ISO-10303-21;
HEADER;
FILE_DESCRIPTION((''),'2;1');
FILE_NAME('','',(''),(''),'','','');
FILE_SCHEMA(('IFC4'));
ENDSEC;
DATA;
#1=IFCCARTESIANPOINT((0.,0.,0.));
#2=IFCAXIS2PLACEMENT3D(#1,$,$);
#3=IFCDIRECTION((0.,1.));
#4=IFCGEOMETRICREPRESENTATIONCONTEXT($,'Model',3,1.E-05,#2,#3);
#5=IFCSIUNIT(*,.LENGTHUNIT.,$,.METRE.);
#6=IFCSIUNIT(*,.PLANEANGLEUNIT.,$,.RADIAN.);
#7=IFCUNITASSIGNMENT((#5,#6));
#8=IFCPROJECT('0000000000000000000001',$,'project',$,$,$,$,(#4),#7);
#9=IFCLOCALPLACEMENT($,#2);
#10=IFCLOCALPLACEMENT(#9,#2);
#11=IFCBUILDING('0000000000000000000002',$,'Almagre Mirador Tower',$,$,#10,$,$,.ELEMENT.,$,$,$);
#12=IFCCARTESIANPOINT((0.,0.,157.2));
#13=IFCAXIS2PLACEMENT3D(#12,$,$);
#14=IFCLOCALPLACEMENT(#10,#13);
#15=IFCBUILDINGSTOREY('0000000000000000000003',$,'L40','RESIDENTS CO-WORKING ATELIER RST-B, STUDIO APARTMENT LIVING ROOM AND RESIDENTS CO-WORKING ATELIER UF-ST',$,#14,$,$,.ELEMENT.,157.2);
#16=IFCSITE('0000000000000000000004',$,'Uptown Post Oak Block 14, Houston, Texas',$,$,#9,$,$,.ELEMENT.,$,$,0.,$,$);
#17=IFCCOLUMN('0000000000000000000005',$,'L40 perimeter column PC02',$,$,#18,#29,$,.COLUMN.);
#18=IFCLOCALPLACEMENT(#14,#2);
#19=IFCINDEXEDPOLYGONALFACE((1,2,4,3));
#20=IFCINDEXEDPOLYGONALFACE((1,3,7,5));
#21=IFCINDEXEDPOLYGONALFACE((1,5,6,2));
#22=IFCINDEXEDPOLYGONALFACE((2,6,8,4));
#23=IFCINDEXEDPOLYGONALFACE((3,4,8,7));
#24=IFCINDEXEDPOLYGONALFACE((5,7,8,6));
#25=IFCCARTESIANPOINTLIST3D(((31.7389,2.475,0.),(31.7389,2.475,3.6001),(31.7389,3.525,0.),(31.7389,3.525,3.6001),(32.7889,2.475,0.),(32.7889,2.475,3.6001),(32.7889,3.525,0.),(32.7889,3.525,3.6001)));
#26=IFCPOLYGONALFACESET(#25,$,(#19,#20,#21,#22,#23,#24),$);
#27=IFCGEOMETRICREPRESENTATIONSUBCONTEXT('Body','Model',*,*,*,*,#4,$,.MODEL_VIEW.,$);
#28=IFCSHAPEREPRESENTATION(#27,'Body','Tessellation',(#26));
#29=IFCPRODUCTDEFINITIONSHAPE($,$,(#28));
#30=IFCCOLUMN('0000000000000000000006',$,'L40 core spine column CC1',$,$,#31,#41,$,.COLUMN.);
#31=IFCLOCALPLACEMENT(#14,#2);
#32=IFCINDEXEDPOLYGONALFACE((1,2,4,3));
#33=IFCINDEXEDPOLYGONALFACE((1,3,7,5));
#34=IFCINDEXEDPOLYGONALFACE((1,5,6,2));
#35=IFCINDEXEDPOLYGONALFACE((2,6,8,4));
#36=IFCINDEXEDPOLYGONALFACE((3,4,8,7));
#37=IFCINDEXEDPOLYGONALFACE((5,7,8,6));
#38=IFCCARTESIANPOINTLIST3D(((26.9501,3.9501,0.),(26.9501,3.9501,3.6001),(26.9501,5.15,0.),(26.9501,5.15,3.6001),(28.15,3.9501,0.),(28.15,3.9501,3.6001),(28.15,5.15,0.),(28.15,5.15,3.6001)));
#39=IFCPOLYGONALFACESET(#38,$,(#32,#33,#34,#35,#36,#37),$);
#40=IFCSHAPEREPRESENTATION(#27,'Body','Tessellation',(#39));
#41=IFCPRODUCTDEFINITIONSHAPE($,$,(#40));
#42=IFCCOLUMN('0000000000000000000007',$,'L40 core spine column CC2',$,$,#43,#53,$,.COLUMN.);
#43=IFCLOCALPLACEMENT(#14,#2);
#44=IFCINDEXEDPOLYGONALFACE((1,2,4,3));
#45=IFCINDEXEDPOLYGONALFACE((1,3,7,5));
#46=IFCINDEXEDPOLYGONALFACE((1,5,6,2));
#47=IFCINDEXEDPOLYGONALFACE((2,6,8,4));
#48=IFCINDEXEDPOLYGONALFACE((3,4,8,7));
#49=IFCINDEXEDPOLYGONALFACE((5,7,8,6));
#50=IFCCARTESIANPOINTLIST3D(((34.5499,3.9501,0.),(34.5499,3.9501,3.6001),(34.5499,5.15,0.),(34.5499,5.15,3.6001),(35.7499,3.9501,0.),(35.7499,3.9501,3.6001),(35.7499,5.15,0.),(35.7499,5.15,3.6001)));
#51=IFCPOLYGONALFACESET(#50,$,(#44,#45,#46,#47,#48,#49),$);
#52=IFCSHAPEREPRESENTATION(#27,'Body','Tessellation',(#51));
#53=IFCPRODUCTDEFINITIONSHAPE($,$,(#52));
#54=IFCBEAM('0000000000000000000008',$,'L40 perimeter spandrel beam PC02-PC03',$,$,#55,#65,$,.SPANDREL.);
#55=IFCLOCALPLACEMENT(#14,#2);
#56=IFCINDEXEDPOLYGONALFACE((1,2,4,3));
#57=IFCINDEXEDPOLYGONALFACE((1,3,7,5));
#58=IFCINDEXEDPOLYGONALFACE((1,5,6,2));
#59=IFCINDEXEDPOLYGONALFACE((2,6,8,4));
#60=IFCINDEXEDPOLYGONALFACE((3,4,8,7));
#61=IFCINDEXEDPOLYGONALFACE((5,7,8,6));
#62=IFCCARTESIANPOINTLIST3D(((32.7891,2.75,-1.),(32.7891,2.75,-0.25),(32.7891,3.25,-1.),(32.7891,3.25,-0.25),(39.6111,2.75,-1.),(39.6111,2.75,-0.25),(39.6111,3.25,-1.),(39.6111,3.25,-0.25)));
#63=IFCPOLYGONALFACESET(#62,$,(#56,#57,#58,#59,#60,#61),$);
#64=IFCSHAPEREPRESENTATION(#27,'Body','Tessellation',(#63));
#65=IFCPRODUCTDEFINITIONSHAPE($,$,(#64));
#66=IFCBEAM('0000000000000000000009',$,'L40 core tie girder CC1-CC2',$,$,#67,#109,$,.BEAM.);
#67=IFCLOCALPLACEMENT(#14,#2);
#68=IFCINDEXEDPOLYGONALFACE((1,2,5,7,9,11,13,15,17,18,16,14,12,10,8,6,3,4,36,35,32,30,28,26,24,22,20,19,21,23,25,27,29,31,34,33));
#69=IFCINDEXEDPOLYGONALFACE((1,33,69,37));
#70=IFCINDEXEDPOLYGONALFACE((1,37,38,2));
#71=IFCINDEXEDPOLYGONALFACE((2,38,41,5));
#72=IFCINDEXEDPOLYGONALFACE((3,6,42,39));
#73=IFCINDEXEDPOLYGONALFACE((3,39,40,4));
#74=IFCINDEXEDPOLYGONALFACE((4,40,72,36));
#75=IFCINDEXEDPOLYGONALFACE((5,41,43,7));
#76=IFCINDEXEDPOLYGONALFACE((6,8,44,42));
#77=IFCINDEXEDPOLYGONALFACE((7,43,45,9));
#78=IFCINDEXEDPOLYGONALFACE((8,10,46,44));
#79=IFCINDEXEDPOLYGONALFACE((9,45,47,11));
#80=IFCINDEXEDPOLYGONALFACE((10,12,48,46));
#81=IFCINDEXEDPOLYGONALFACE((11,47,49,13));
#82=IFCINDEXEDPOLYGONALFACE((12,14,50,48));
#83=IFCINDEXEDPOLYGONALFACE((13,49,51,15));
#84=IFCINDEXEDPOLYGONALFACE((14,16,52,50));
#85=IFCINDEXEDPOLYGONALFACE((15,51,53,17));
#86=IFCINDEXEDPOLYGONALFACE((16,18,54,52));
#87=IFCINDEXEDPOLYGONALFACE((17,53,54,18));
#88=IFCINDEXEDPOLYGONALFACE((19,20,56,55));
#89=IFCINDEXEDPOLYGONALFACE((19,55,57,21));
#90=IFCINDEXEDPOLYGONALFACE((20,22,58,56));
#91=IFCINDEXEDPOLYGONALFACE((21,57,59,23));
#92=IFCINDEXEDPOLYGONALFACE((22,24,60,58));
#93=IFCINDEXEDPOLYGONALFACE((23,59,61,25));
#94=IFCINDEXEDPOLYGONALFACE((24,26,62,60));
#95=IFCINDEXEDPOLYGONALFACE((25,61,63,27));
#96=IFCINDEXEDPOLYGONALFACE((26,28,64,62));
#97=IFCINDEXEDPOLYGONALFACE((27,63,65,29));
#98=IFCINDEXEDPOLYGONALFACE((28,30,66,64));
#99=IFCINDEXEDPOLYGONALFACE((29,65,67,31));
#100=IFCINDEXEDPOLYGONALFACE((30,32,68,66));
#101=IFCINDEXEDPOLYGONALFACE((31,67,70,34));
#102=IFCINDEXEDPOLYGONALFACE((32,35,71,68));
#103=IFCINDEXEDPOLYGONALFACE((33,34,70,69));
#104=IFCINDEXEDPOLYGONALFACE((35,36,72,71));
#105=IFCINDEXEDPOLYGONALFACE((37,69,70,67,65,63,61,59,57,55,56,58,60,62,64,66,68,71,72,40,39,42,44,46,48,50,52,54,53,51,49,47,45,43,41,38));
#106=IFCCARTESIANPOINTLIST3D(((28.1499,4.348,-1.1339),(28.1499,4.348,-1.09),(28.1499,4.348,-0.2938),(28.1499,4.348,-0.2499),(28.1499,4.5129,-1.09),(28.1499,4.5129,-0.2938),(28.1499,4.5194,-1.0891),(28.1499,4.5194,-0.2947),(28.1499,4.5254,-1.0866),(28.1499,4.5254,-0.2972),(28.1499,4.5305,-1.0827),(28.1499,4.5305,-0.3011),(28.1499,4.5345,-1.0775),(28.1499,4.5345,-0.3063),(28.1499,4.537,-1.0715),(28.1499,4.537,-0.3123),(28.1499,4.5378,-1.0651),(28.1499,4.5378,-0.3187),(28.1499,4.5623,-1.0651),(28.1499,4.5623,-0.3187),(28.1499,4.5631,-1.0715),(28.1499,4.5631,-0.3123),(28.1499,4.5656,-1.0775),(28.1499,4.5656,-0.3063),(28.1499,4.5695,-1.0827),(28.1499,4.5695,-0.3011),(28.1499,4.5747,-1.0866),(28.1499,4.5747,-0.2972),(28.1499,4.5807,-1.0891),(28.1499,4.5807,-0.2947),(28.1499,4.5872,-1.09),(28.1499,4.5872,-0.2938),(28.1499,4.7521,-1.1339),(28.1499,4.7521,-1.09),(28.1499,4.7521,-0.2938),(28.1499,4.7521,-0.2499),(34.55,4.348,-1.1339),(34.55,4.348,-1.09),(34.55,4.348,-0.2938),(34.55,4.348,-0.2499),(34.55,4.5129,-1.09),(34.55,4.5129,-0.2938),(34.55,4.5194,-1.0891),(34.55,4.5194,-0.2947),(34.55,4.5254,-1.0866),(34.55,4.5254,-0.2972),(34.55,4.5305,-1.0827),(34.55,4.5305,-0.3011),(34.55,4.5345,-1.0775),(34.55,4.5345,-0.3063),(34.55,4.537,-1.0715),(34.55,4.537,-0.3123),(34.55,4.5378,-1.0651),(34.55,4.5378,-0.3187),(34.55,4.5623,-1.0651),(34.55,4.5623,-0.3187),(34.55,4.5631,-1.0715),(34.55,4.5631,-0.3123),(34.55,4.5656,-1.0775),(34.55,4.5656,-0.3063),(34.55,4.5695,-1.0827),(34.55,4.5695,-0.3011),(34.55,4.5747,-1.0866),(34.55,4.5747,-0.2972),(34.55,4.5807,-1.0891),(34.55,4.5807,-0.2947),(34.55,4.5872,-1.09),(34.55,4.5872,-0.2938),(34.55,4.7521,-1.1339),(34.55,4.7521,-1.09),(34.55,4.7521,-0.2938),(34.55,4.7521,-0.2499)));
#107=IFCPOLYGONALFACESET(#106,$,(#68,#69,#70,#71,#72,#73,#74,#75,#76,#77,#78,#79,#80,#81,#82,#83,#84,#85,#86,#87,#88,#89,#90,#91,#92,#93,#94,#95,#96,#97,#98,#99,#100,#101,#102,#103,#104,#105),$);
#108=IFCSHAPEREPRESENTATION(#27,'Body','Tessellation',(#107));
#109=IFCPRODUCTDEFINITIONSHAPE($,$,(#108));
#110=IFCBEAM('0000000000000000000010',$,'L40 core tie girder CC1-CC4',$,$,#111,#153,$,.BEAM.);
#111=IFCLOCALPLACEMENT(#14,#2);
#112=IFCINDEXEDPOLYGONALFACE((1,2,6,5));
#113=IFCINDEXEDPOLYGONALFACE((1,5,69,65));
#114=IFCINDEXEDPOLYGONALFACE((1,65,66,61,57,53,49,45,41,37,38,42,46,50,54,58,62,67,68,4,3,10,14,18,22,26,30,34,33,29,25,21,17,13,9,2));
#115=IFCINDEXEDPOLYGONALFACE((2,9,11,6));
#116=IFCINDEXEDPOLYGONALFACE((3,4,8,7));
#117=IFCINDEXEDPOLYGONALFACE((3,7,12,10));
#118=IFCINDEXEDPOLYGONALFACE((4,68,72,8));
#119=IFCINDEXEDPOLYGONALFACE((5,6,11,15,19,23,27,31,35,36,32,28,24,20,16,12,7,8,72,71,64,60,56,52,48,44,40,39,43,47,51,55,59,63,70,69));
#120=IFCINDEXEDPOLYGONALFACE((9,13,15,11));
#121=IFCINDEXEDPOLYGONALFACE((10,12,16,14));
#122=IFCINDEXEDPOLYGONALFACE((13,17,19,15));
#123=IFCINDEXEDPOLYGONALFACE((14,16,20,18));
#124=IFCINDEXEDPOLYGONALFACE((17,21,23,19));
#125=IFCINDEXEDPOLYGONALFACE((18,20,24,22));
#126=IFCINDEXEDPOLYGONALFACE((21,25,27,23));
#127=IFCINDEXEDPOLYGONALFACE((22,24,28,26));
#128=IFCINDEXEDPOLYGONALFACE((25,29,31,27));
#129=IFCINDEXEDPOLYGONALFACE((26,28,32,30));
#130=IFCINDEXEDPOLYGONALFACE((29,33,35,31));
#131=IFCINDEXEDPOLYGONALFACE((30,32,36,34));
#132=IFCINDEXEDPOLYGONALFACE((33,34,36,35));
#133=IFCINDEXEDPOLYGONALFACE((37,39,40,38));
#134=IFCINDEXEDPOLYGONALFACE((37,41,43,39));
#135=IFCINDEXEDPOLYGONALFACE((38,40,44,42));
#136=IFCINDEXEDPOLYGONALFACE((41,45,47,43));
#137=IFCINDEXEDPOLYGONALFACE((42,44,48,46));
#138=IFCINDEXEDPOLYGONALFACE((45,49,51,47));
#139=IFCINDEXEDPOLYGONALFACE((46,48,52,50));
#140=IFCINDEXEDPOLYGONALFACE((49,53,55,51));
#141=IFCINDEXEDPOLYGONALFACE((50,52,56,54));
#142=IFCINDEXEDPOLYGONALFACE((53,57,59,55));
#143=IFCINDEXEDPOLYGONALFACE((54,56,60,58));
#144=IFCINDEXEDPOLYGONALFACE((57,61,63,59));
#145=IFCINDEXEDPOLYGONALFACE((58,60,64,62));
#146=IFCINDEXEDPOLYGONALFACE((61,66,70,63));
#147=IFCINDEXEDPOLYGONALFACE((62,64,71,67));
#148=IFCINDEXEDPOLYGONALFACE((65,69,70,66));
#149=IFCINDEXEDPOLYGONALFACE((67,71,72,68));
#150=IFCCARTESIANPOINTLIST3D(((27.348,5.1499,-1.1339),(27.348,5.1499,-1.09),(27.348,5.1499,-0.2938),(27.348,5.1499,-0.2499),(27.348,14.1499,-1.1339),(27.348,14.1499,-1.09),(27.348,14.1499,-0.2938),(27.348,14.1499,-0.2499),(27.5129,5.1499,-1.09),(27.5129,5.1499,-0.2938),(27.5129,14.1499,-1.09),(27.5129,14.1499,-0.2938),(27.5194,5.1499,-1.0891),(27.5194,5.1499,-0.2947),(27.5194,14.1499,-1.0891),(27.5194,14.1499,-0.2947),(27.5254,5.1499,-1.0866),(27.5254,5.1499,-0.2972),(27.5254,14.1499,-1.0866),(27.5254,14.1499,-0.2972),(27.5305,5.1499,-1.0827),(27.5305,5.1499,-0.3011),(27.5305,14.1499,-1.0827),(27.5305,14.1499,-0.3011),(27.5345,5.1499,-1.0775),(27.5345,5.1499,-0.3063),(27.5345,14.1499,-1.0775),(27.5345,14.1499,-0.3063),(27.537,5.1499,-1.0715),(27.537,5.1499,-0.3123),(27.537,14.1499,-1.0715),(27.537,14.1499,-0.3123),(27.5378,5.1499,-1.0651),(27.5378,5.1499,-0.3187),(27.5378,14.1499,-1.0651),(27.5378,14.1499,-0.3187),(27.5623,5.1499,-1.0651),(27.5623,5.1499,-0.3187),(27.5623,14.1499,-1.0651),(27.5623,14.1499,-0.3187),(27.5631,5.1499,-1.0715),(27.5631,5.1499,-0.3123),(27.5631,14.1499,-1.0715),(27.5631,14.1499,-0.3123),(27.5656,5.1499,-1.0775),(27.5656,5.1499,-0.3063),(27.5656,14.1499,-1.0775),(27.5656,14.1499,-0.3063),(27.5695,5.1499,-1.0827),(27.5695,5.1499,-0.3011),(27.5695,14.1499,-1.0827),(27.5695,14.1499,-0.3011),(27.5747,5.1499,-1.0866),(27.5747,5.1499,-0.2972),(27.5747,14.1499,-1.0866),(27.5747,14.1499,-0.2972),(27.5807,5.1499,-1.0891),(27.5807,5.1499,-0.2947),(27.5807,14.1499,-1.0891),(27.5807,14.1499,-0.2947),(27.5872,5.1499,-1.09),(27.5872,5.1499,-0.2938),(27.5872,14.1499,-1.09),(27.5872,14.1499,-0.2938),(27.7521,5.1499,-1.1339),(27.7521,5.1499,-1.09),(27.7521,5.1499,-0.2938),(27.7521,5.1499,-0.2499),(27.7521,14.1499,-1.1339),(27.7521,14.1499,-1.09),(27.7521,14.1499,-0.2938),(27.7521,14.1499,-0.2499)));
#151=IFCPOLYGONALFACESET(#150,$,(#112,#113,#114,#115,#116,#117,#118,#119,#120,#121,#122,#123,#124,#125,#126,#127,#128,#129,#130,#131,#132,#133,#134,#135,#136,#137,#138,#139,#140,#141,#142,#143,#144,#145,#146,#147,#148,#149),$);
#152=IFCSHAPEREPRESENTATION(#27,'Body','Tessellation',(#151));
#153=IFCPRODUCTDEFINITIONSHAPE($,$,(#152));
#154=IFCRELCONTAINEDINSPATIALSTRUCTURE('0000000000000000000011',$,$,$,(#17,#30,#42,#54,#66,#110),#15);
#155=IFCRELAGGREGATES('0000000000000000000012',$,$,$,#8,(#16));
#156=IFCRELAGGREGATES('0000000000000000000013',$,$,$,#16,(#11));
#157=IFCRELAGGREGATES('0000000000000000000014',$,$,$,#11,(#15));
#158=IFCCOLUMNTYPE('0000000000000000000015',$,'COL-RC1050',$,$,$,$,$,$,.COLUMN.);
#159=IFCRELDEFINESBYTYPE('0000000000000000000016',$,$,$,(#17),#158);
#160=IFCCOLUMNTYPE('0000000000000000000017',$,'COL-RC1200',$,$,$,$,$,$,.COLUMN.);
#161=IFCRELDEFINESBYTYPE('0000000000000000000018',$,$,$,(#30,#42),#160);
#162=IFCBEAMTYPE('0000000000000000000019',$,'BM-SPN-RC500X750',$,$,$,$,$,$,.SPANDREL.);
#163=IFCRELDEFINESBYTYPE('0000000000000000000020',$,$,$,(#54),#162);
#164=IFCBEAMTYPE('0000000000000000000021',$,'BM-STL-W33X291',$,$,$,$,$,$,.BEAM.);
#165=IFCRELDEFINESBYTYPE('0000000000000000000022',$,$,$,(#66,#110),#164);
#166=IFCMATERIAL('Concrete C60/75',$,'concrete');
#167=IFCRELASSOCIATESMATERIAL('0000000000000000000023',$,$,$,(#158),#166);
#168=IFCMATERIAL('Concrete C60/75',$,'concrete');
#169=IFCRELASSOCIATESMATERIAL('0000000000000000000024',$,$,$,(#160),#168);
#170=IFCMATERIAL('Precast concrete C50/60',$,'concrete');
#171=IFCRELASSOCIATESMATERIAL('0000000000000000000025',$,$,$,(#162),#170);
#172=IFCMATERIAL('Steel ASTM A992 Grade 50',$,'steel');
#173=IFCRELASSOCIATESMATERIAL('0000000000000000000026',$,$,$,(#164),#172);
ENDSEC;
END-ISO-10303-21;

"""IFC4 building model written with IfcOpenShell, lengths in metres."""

from ifc_helpers import new_model, si_unit, direction, frame, origin, origin_2d, place, context, subcontext, project, spatial, rectangle, i_section, extrude, material, material_profile, profile_set, type_object, element, save


model = new_model("IFC4")

# Units and contexts
model_context = context("Model", 3, precision=1e-05, world=origin(), true_north=direction((0.0, 1.0)))
body_context = subcontext(model_context, "Body", "Model", "MODEL_VIEW")
ifc_project = project(units=[si_unit("LENGTHUNIT", "METRE"), si_unit("PLANEANGLEUNIT", "RADIAN")], contexts=[model_context])

# Site, building, storey
site_placement = place(None, origin())
site = spatial("IfcSite", under=ifc_project, at=site_placement, Name="Uptown Post Oak Block 14, Houston, Texas", CompositionType="ELEMENT", RefElevation=0.0)
building_placement = place(site_placement, origin())
building = spatial("IfcBuilding", under=site, at=building_placement, Name="Almagre Mirador Tower", CompositionType="ELEMENT")
storey_placement = place(building_placement, frame((0.0, 0.0, 157.2)))
storey = spatial("IfcBuildingStorey", under=building, at=storey_placement, Name="L40", Description="RESIDENTS CO-WORKING ATELIER RST-B, STUDIO APARTMENT LIVING ROOM AND RESIDENTS CO-WORKING ATELIER UF-ST", CompositionType="ELEMENT", Elevation=157.2)

# Columns
ifc_material_1 = material(Name="Concrete C60/75", Category="concrete")
ifc_material_profile_1 = material_profile(ifc_material_1, rectangle(XDim=1.05, YDim=1.05, at=origin_2d()), Name="RC1050X1050")
ifc_profile_set_1 = profile_set([ifc_material_profile_1], Name="Concrete C60/75")
column_type_1 = type_object("IfcColumnType", Name="COL-RC1050", PredefinedType="COLUMN", material=ifc_profile_set_1)
column_placement = place(storey_placement, frame((32.2639, 3.0, 0.0), z_axis=(0.0, 0.0, 1.0), x_axis=(1.0, 0.0, 0.0)))
element("IfcColumn", 1, at=column_placement, inside=storey, type_object=column_type_1, Name="L40 perimeter column PC02", PredefinedType="COLUMN", context=body_context, shape_type="SweptSolid", body=[
    extrude(rectangle(XDim=1.05, YDim=1.05, at=origin_2d()), origin(), (0.0, 0.0, 1.0), 3.6001),
])
ifc_material_2 = material(Name="Concrete C60/75", Category="concrete")
ifc_material_profile_2 = material_profile(ifc_material_2, rectangle(XDim=1.2, YDim=1.2, at=origin_2d()), Name="RC1200X1200")
ifc_profile_set_2 = profile_set([ifc_material_profile_2], Name="Concrete C60/75")
column_type_2 = type_object("IfcColumnType", Name="COL-RC1200", PredefinedType="COLUMN", material=ifc_profile_set_2)
for number, where, z_axis, x_axis, name in (
    (2, (27.55, 4.55, 0.0), (0.0, 0.0, 1.0), (1.0, 0.0, 0.0), "L40 core spine column CC1"),
    (3, (35.1499, 4.55, 0.0), (0.0, 0.0, 1.0), (1.0, 0.0, 0.0), "L40 core spine column CC2"),
):
    element("IfcColumn", number, at=place(storey_placement, frame(where, z_axis=z_axis, x_axis=x_axis)), inside=storey, type_object=column_type_2, Name=name, PredefinedType="COLUMN", context=body_context, shape_type="SweptSolid", body=[
        extrude(rectangle(XDim=1.2, YDim=1.2, at=origin_2d()), origin(), (0.0, 0.0, 1.0), 3.6001),
    ])

# Beams
ifc_material_3 = material(Name="Precast concrete C50/60", Category="concrete")
ifc_material_profile_3 = material_profile(ifc_material_3, rectangle(XDim=0.5, YDim=0.75, at=origin_2d()), Name="RC500X750")
ifc_profile_set_3 = profile_set([ifc_material_profile_3], Name="Precast concrete C50/60")
beam_type_1 = type_object("IfcBeamType", Name="BM-SPN-RC500X750", PredefinedType="SPANDREL", material=ifc_profile_set_3)
beam_1_placement = place(storey_placement, frame((32.7891, 3.0, -0.625), z_axis=(1.0, 0.0, 0.0), x_axis=(0.0, 1.0, 0.0)))
element("IfcBeam", 4, at=beam_1_placement, inside=storey, type_object=beam_type_1, Name="L40 perimeter spandrel beam PC02-PC03", PredefinedType="SPANDREL", context=body_context, shape_type="SweptSolid", body=[
    extrude(rectangle(XDim=0.5, YDim=0.75, at=origin_2d()), origin(), (0.0, 0.0, 1.0), 6.822),
])
ifc_material_4 = material(Name="Steel ASTM A992 Grade 50", Category="steel")
ifc_material_profile_4 = material_profile(ifc_material_4, i_section(OverallWidth=0.4041, OverallDepth=0.884, WebThickness=0.0244, FlangeThickness=0.0439, FilletRadius=0.0249, at=origin_2d()), Name="W33X291")
ifc_profile_set_4 = profile_set([ifc_material_profile_4], Name="Steel ASTM A992 Grade 50")
beam_type_2 = type_object("IfcBeamType", Name="BM-STL-W33X291", PredefinedType="BEAM", material=ifc_profile_set_4)
beam_2_placement = place(storey_placement, frame((28.1499, 4.55, -0.6919), z_axis=(1.0, 0.0, 0.0), x_axis=(0.0, 1.0, 0.0)))
element("IfcBeam", 5, at=beam_2_placement, inside=storey, type_object=beam_type_2, Name="L40 core tie girder CC1-CC2", PredefinedType="BEAM", context=body_context, shape_type="SweptSolid", body=[
    extrude(i_section(OverallWidth=0.4041, OverallDepth=0.884, WebThickness=0.0244, FlangeThickness=0.0439, FilletRadius=0.0249, at=origin_2d()), origin(), (0.0, 0.0, 1.0), 6.4001),
])
beam_3_placement = place(storey_placement, frame((27.55, 5.1499, -0.6919), z_axis=(0.0, 1.0, 0.0), x_axis=(-1.0, 0.0, 0.0)))
element("IfcBeam", 6, at=beam_3_placement, inside=storey, type_object=beam_type_2, Name="L40 core tie girder CC1-CC4", PredefinedType="BEAM", context=body_context, shape_type="SweptSolid", body=[
    extrude(i_section(OverallWidth=0.4041, OverallDepth=0.884, WebThickness=0.0244, FlangeThickness=0.0439, FilletRadius=0.0249, at=origin_2d()), origin(), (0.0, 0.0, 1.0), 9.0),
])

save(model, "model.ifc")
